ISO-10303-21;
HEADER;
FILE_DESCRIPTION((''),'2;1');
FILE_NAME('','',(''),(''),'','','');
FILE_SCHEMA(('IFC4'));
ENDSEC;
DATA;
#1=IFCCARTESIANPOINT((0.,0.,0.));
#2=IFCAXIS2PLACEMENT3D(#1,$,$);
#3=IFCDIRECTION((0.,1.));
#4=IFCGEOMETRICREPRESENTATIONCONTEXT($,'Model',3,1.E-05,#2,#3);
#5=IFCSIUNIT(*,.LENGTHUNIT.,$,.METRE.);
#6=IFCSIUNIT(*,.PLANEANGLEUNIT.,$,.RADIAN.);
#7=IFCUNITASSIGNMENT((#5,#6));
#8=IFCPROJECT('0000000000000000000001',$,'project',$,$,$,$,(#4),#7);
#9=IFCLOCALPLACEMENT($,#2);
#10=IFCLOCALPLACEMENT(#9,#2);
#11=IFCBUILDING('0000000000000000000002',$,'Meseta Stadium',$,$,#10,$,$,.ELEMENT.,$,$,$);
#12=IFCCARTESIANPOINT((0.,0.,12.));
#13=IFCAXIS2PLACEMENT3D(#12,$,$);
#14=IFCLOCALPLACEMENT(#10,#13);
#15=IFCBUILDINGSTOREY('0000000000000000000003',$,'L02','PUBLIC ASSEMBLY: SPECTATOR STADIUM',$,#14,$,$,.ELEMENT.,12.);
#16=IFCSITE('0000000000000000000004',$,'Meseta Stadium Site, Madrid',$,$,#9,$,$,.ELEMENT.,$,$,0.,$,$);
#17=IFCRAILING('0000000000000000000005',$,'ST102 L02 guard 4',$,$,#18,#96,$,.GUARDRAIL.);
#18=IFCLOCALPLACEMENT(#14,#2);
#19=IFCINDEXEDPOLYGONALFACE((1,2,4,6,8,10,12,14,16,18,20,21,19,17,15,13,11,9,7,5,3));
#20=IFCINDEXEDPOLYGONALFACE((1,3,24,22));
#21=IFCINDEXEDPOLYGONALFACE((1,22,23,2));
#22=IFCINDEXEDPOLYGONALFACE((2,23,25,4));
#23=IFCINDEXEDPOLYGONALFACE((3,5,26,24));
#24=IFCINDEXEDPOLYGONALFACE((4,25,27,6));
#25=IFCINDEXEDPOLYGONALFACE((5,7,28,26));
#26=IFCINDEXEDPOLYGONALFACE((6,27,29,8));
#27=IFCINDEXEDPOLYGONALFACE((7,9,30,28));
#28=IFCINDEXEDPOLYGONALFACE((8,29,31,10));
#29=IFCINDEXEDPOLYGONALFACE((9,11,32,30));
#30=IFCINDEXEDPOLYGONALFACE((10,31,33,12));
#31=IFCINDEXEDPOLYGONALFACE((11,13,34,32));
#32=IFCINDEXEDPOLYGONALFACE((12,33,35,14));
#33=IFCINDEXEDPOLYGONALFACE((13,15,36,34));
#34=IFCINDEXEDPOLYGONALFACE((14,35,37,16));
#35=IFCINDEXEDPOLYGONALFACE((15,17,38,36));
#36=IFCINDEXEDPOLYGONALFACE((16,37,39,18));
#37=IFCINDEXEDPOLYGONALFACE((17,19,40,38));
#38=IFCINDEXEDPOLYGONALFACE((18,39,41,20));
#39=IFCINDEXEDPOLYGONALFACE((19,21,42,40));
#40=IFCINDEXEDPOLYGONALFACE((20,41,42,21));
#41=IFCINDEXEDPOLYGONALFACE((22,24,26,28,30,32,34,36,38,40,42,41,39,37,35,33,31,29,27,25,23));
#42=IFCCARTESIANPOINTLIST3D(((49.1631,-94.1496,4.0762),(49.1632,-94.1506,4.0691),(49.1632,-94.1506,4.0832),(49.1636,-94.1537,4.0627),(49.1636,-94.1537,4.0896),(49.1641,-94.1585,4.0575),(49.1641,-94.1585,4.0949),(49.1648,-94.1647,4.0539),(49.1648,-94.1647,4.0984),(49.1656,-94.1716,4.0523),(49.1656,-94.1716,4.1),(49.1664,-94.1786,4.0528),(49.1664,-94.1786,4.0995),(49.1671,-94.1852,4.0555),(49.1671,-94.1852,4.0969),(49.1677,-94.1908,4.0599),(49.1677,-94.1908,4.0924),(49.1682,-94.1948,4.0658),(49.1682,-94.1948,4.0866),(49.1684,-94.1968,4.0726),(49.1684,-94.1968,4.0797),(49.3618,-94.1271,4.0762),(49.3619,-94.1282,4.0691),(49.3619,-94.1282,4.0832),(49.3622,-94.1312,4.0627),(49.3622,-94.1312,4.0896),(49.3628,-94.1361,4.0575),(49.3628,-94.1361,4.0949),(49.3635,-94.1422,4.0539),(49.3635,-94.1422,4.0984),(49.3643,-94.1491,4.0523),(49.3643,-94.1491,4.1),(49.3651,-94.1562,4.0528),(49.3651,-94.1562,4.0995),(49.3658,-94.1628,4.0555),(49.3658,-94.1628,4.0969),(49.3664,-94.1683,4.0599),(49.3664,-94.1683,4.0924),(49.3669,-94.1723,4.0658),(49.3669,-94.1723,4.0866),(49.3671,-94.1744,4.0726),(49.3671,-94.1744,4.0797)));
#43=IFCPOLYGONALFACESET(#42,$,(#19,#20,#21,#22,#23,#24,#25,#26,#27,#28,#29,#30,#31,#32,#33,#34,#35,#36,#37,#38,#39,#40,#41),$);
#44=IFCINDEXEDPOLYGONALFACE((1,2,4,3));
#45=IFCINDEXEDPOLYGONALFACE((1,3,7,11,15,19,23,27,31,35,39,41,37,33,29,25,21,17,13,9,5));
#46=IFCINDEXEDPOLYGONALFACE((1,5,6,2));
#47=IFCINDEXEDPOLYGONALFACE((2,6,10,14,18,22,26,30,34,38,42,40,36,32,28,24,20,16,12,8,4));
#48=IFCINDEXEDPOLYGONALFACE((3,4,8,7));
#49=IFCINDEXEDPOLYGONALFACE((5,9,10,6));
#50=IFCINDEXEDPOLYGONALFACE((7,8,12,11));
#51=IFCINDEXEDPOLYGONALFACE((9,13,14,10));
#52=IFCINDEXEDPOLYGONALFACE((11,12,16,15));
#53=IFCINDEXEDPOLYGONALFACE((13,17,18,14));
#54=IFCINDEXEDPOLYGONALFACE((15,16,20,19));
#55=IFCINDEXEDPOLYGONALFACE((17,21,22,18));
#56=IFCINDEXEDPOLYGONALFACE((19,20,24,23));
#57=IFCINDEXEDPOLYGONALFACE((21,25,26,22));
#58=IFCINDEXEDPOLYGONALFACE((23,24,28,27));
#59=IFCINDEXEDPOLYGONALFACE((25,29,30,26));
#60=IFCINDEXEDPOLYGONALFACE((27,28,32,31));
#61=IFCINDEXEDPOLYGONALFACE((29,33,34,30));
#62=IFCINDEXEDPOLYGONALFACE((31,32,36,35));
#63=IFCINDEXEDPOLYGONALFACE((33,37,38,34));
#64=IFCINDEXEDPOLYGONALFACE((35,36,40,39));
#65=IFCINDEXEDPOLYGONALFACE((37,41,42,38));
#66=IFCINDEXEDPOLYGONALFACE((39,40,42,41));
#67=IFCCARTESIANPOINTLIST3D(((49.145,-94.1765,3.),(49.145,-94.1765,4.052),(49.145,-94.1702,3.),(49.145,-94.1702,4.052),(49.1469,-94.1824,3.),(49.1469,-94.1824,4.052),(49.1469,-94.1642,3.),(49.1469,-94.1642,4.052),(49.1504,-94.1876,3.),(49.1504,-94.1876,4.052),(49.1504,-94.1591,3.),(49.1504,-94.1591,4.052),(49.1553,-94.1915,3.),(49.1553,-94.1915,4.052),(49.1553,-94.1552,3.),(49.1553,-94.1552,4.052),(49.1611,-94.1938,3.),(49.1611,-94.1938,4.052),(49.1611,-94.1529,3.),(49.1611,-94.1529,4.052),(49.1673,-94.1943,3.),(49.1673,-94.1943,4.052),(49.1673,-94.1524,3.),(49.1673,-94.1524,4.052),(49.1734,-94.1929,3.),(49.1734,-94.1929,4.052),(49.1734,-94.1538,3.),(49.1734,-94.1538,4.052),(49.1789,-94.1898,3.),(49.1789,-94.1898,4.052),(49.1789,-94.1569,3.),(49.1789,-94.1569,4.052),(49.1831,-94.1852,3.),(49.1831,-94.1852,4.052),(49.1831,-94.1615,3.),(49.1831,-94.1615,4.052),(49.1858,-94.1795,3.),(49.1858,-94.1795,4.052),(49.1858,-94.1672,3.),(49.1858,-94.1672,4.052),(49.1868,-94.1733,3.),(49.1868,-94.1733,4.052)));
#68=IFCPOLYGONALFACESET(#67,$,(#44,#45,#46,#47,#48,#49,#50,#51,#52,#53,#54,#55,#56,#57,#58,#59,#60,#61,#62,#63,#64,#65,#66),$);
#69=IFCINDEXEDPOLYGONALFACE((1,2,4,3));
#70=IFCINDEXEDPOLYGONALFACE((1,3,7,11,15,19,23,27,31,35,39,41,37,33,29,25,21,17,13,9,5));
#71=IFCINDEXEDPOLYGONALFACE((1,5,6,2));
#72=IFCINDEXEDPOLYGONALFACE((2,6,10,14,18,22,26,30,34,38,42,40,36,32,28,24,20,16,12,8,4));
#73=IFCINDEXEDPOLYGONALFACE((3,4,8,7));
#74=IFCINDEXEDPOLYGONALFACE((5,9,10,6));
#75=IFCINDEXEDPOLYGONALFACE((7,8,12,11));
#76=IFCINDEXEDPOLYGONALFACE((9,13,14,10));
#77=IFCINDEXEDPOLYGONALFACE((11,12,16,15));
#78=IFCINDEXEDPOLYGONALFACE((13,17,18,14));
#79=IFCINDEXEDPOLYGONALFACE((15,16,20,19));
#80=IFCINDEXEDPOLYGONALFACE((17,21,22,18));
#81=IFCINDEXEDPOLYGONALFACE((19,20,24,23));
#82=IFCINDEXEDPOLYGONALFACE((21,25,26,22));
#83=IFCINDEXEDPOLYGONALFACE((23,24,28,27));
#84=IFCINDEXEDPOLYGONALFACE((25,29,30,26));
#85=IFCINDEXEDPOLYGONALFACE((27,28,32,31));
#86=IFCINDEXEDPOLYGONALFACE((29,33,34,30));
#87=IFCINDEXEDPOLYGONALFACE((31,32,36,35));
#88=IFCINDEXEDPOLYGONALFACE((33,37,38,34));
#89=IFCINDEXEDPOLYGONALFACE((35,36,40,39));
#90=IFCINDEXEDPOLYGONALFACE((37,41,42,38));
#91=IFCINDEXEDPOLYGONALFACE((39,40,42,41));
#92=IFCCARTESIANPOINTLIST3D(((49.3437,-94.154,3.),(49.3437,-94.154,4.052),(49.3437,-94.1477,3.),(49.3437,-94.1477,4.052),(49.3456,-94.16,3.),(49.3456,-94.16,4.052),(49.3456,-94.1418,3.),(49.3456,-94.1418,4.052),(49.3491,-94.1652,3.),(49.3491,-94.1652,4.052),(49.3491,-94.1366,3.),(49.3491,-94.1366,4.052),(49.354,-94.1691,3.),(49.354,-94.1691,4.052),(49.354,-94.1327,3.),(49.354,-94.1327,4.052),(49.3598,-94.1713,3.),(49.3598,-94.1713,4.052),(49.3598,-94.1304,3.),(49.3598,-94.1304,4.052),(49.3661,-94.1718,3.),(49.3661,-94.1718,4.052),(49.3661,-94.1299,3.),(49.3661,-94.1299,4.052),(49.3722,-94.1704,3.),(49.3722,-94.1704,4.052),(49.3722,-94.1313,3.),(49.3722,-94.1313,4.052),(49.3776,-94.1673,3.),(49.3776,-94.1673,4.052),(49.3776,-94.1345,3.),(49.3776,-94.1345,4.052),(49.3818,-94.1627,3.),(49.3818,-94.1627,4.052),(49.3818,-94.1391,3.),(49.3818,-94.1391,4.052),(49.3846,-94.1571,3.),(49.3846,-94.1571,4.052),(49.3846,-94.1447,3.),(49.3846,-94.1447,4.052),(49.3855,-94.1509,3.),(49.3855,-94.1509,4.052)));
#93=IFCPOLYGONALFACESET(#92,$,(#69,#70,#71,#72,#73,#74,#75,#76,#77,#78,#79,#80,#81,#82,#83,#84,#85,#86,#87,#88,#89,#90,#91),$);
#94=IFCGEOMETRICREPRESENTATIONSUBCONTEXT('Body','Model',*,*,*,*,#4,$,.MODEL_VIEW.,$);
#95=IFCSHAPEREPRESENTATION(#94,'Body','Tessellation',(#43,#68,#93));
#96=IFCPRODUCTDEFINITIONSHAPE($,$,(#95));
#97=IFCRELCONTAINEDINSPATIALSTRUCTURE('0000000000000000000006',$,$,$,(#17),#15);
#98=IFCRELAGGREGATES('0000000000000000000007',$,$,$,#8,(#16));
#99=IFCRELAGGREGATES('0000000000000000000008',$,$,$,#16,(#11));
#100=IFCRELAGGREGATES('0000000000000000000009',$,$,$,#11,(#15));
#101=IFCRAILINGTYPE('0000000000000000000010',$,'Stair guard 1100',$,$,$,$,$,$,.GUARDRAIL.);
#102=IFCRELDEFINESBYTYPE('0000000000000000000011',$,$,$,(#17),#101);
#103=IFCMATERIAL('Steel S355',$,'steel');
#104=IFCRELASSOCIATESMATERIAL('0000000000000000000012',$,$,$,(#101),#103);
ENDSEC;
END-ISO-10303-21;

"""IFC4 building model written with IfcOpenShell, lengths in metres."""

from ifc_helpers import new_model, si_unit, direction, frame, origin, origin_2d, place, context, subcontext, project, spatial, circle, extrude, material, type_object, element, save


model = new_model("IFC4")

# Units and contexts
model_context = context("Model", 3, precision=1e-05, world=origin(), true_north=direction((0.0, 1.0)))
body_context = subcontext(model_context, "Body", "Model", "MODEL_VIEW")
ifc_project = project(units=[si_unit("LENGTHUNIT", "METRE"), si_unit("PLANEANGLEUNIT", "RADIAN")], contexts=[model_context])

# Site, building, storey
site_placement = place(None, origin())
site = spatial("IfcSite", under=ifc_project, at=site_placement, Name="Meseta Stadium Site, Madrid", CompositionType="ELEMENT", RefElevation=0.0)
building_placement = place(site_placement, origin())
building = spatial("IfcBuilding", under=site, at=building_placement, Name="Meseta Stadium", CompositionType="ELEMENT")
storey_placement = place(building_placement, frame((0.0, 0.0, 12.0)))
storey = spatial("IfcBuildingStorey", under=building, at=storey_placement, Name="L02", Description="PUBLIC ASSEMBLY: SPECTATOR STADIUM", CompositionType="ELEMENT", Elevation=12.0)

# Railing
ifc_material_1 = material(Name="Steel S355", Category="steel")
railing_type_1 = type_object("IfcRailingType", Name="Stair guard 1100", PredefinedType="GUARDRAIL", material=ifc_material_1)
railing_1_placement = place(storey_placement, frame((49.1658, -94.1733, 3.0)))
element("IfcRailing", 1, at=railing_1_placement, inside=storey, type_object=railing_type_1, Name="ST102 L02 guard 4", PredefinedType="GUARDRAIL", context=body_context, shape_type="SweptSolid", body=[
    extrude(circle(Radius=0.0239, at=origin_2d()), frame((0.0, 0.0, 1.0762), z_axis=(0.993674, 0.112307, 0.0), x_axis=(-0.112307, 0.993674, 0.0)), (0.0, 0.0, 1.0), 0.2),
    extrude(circle(Radius=0.021, at=origin_2d()), origin(), (0.0, 0.0, 1.0), 1.052),
    extrude(circle(Radius=0.021, at=origin_2d()), frame((0.1987, 0.0225, 0.0)), (0.0, 0.0, 1.0), 1.052),
])

save(model, "model.ifc")
